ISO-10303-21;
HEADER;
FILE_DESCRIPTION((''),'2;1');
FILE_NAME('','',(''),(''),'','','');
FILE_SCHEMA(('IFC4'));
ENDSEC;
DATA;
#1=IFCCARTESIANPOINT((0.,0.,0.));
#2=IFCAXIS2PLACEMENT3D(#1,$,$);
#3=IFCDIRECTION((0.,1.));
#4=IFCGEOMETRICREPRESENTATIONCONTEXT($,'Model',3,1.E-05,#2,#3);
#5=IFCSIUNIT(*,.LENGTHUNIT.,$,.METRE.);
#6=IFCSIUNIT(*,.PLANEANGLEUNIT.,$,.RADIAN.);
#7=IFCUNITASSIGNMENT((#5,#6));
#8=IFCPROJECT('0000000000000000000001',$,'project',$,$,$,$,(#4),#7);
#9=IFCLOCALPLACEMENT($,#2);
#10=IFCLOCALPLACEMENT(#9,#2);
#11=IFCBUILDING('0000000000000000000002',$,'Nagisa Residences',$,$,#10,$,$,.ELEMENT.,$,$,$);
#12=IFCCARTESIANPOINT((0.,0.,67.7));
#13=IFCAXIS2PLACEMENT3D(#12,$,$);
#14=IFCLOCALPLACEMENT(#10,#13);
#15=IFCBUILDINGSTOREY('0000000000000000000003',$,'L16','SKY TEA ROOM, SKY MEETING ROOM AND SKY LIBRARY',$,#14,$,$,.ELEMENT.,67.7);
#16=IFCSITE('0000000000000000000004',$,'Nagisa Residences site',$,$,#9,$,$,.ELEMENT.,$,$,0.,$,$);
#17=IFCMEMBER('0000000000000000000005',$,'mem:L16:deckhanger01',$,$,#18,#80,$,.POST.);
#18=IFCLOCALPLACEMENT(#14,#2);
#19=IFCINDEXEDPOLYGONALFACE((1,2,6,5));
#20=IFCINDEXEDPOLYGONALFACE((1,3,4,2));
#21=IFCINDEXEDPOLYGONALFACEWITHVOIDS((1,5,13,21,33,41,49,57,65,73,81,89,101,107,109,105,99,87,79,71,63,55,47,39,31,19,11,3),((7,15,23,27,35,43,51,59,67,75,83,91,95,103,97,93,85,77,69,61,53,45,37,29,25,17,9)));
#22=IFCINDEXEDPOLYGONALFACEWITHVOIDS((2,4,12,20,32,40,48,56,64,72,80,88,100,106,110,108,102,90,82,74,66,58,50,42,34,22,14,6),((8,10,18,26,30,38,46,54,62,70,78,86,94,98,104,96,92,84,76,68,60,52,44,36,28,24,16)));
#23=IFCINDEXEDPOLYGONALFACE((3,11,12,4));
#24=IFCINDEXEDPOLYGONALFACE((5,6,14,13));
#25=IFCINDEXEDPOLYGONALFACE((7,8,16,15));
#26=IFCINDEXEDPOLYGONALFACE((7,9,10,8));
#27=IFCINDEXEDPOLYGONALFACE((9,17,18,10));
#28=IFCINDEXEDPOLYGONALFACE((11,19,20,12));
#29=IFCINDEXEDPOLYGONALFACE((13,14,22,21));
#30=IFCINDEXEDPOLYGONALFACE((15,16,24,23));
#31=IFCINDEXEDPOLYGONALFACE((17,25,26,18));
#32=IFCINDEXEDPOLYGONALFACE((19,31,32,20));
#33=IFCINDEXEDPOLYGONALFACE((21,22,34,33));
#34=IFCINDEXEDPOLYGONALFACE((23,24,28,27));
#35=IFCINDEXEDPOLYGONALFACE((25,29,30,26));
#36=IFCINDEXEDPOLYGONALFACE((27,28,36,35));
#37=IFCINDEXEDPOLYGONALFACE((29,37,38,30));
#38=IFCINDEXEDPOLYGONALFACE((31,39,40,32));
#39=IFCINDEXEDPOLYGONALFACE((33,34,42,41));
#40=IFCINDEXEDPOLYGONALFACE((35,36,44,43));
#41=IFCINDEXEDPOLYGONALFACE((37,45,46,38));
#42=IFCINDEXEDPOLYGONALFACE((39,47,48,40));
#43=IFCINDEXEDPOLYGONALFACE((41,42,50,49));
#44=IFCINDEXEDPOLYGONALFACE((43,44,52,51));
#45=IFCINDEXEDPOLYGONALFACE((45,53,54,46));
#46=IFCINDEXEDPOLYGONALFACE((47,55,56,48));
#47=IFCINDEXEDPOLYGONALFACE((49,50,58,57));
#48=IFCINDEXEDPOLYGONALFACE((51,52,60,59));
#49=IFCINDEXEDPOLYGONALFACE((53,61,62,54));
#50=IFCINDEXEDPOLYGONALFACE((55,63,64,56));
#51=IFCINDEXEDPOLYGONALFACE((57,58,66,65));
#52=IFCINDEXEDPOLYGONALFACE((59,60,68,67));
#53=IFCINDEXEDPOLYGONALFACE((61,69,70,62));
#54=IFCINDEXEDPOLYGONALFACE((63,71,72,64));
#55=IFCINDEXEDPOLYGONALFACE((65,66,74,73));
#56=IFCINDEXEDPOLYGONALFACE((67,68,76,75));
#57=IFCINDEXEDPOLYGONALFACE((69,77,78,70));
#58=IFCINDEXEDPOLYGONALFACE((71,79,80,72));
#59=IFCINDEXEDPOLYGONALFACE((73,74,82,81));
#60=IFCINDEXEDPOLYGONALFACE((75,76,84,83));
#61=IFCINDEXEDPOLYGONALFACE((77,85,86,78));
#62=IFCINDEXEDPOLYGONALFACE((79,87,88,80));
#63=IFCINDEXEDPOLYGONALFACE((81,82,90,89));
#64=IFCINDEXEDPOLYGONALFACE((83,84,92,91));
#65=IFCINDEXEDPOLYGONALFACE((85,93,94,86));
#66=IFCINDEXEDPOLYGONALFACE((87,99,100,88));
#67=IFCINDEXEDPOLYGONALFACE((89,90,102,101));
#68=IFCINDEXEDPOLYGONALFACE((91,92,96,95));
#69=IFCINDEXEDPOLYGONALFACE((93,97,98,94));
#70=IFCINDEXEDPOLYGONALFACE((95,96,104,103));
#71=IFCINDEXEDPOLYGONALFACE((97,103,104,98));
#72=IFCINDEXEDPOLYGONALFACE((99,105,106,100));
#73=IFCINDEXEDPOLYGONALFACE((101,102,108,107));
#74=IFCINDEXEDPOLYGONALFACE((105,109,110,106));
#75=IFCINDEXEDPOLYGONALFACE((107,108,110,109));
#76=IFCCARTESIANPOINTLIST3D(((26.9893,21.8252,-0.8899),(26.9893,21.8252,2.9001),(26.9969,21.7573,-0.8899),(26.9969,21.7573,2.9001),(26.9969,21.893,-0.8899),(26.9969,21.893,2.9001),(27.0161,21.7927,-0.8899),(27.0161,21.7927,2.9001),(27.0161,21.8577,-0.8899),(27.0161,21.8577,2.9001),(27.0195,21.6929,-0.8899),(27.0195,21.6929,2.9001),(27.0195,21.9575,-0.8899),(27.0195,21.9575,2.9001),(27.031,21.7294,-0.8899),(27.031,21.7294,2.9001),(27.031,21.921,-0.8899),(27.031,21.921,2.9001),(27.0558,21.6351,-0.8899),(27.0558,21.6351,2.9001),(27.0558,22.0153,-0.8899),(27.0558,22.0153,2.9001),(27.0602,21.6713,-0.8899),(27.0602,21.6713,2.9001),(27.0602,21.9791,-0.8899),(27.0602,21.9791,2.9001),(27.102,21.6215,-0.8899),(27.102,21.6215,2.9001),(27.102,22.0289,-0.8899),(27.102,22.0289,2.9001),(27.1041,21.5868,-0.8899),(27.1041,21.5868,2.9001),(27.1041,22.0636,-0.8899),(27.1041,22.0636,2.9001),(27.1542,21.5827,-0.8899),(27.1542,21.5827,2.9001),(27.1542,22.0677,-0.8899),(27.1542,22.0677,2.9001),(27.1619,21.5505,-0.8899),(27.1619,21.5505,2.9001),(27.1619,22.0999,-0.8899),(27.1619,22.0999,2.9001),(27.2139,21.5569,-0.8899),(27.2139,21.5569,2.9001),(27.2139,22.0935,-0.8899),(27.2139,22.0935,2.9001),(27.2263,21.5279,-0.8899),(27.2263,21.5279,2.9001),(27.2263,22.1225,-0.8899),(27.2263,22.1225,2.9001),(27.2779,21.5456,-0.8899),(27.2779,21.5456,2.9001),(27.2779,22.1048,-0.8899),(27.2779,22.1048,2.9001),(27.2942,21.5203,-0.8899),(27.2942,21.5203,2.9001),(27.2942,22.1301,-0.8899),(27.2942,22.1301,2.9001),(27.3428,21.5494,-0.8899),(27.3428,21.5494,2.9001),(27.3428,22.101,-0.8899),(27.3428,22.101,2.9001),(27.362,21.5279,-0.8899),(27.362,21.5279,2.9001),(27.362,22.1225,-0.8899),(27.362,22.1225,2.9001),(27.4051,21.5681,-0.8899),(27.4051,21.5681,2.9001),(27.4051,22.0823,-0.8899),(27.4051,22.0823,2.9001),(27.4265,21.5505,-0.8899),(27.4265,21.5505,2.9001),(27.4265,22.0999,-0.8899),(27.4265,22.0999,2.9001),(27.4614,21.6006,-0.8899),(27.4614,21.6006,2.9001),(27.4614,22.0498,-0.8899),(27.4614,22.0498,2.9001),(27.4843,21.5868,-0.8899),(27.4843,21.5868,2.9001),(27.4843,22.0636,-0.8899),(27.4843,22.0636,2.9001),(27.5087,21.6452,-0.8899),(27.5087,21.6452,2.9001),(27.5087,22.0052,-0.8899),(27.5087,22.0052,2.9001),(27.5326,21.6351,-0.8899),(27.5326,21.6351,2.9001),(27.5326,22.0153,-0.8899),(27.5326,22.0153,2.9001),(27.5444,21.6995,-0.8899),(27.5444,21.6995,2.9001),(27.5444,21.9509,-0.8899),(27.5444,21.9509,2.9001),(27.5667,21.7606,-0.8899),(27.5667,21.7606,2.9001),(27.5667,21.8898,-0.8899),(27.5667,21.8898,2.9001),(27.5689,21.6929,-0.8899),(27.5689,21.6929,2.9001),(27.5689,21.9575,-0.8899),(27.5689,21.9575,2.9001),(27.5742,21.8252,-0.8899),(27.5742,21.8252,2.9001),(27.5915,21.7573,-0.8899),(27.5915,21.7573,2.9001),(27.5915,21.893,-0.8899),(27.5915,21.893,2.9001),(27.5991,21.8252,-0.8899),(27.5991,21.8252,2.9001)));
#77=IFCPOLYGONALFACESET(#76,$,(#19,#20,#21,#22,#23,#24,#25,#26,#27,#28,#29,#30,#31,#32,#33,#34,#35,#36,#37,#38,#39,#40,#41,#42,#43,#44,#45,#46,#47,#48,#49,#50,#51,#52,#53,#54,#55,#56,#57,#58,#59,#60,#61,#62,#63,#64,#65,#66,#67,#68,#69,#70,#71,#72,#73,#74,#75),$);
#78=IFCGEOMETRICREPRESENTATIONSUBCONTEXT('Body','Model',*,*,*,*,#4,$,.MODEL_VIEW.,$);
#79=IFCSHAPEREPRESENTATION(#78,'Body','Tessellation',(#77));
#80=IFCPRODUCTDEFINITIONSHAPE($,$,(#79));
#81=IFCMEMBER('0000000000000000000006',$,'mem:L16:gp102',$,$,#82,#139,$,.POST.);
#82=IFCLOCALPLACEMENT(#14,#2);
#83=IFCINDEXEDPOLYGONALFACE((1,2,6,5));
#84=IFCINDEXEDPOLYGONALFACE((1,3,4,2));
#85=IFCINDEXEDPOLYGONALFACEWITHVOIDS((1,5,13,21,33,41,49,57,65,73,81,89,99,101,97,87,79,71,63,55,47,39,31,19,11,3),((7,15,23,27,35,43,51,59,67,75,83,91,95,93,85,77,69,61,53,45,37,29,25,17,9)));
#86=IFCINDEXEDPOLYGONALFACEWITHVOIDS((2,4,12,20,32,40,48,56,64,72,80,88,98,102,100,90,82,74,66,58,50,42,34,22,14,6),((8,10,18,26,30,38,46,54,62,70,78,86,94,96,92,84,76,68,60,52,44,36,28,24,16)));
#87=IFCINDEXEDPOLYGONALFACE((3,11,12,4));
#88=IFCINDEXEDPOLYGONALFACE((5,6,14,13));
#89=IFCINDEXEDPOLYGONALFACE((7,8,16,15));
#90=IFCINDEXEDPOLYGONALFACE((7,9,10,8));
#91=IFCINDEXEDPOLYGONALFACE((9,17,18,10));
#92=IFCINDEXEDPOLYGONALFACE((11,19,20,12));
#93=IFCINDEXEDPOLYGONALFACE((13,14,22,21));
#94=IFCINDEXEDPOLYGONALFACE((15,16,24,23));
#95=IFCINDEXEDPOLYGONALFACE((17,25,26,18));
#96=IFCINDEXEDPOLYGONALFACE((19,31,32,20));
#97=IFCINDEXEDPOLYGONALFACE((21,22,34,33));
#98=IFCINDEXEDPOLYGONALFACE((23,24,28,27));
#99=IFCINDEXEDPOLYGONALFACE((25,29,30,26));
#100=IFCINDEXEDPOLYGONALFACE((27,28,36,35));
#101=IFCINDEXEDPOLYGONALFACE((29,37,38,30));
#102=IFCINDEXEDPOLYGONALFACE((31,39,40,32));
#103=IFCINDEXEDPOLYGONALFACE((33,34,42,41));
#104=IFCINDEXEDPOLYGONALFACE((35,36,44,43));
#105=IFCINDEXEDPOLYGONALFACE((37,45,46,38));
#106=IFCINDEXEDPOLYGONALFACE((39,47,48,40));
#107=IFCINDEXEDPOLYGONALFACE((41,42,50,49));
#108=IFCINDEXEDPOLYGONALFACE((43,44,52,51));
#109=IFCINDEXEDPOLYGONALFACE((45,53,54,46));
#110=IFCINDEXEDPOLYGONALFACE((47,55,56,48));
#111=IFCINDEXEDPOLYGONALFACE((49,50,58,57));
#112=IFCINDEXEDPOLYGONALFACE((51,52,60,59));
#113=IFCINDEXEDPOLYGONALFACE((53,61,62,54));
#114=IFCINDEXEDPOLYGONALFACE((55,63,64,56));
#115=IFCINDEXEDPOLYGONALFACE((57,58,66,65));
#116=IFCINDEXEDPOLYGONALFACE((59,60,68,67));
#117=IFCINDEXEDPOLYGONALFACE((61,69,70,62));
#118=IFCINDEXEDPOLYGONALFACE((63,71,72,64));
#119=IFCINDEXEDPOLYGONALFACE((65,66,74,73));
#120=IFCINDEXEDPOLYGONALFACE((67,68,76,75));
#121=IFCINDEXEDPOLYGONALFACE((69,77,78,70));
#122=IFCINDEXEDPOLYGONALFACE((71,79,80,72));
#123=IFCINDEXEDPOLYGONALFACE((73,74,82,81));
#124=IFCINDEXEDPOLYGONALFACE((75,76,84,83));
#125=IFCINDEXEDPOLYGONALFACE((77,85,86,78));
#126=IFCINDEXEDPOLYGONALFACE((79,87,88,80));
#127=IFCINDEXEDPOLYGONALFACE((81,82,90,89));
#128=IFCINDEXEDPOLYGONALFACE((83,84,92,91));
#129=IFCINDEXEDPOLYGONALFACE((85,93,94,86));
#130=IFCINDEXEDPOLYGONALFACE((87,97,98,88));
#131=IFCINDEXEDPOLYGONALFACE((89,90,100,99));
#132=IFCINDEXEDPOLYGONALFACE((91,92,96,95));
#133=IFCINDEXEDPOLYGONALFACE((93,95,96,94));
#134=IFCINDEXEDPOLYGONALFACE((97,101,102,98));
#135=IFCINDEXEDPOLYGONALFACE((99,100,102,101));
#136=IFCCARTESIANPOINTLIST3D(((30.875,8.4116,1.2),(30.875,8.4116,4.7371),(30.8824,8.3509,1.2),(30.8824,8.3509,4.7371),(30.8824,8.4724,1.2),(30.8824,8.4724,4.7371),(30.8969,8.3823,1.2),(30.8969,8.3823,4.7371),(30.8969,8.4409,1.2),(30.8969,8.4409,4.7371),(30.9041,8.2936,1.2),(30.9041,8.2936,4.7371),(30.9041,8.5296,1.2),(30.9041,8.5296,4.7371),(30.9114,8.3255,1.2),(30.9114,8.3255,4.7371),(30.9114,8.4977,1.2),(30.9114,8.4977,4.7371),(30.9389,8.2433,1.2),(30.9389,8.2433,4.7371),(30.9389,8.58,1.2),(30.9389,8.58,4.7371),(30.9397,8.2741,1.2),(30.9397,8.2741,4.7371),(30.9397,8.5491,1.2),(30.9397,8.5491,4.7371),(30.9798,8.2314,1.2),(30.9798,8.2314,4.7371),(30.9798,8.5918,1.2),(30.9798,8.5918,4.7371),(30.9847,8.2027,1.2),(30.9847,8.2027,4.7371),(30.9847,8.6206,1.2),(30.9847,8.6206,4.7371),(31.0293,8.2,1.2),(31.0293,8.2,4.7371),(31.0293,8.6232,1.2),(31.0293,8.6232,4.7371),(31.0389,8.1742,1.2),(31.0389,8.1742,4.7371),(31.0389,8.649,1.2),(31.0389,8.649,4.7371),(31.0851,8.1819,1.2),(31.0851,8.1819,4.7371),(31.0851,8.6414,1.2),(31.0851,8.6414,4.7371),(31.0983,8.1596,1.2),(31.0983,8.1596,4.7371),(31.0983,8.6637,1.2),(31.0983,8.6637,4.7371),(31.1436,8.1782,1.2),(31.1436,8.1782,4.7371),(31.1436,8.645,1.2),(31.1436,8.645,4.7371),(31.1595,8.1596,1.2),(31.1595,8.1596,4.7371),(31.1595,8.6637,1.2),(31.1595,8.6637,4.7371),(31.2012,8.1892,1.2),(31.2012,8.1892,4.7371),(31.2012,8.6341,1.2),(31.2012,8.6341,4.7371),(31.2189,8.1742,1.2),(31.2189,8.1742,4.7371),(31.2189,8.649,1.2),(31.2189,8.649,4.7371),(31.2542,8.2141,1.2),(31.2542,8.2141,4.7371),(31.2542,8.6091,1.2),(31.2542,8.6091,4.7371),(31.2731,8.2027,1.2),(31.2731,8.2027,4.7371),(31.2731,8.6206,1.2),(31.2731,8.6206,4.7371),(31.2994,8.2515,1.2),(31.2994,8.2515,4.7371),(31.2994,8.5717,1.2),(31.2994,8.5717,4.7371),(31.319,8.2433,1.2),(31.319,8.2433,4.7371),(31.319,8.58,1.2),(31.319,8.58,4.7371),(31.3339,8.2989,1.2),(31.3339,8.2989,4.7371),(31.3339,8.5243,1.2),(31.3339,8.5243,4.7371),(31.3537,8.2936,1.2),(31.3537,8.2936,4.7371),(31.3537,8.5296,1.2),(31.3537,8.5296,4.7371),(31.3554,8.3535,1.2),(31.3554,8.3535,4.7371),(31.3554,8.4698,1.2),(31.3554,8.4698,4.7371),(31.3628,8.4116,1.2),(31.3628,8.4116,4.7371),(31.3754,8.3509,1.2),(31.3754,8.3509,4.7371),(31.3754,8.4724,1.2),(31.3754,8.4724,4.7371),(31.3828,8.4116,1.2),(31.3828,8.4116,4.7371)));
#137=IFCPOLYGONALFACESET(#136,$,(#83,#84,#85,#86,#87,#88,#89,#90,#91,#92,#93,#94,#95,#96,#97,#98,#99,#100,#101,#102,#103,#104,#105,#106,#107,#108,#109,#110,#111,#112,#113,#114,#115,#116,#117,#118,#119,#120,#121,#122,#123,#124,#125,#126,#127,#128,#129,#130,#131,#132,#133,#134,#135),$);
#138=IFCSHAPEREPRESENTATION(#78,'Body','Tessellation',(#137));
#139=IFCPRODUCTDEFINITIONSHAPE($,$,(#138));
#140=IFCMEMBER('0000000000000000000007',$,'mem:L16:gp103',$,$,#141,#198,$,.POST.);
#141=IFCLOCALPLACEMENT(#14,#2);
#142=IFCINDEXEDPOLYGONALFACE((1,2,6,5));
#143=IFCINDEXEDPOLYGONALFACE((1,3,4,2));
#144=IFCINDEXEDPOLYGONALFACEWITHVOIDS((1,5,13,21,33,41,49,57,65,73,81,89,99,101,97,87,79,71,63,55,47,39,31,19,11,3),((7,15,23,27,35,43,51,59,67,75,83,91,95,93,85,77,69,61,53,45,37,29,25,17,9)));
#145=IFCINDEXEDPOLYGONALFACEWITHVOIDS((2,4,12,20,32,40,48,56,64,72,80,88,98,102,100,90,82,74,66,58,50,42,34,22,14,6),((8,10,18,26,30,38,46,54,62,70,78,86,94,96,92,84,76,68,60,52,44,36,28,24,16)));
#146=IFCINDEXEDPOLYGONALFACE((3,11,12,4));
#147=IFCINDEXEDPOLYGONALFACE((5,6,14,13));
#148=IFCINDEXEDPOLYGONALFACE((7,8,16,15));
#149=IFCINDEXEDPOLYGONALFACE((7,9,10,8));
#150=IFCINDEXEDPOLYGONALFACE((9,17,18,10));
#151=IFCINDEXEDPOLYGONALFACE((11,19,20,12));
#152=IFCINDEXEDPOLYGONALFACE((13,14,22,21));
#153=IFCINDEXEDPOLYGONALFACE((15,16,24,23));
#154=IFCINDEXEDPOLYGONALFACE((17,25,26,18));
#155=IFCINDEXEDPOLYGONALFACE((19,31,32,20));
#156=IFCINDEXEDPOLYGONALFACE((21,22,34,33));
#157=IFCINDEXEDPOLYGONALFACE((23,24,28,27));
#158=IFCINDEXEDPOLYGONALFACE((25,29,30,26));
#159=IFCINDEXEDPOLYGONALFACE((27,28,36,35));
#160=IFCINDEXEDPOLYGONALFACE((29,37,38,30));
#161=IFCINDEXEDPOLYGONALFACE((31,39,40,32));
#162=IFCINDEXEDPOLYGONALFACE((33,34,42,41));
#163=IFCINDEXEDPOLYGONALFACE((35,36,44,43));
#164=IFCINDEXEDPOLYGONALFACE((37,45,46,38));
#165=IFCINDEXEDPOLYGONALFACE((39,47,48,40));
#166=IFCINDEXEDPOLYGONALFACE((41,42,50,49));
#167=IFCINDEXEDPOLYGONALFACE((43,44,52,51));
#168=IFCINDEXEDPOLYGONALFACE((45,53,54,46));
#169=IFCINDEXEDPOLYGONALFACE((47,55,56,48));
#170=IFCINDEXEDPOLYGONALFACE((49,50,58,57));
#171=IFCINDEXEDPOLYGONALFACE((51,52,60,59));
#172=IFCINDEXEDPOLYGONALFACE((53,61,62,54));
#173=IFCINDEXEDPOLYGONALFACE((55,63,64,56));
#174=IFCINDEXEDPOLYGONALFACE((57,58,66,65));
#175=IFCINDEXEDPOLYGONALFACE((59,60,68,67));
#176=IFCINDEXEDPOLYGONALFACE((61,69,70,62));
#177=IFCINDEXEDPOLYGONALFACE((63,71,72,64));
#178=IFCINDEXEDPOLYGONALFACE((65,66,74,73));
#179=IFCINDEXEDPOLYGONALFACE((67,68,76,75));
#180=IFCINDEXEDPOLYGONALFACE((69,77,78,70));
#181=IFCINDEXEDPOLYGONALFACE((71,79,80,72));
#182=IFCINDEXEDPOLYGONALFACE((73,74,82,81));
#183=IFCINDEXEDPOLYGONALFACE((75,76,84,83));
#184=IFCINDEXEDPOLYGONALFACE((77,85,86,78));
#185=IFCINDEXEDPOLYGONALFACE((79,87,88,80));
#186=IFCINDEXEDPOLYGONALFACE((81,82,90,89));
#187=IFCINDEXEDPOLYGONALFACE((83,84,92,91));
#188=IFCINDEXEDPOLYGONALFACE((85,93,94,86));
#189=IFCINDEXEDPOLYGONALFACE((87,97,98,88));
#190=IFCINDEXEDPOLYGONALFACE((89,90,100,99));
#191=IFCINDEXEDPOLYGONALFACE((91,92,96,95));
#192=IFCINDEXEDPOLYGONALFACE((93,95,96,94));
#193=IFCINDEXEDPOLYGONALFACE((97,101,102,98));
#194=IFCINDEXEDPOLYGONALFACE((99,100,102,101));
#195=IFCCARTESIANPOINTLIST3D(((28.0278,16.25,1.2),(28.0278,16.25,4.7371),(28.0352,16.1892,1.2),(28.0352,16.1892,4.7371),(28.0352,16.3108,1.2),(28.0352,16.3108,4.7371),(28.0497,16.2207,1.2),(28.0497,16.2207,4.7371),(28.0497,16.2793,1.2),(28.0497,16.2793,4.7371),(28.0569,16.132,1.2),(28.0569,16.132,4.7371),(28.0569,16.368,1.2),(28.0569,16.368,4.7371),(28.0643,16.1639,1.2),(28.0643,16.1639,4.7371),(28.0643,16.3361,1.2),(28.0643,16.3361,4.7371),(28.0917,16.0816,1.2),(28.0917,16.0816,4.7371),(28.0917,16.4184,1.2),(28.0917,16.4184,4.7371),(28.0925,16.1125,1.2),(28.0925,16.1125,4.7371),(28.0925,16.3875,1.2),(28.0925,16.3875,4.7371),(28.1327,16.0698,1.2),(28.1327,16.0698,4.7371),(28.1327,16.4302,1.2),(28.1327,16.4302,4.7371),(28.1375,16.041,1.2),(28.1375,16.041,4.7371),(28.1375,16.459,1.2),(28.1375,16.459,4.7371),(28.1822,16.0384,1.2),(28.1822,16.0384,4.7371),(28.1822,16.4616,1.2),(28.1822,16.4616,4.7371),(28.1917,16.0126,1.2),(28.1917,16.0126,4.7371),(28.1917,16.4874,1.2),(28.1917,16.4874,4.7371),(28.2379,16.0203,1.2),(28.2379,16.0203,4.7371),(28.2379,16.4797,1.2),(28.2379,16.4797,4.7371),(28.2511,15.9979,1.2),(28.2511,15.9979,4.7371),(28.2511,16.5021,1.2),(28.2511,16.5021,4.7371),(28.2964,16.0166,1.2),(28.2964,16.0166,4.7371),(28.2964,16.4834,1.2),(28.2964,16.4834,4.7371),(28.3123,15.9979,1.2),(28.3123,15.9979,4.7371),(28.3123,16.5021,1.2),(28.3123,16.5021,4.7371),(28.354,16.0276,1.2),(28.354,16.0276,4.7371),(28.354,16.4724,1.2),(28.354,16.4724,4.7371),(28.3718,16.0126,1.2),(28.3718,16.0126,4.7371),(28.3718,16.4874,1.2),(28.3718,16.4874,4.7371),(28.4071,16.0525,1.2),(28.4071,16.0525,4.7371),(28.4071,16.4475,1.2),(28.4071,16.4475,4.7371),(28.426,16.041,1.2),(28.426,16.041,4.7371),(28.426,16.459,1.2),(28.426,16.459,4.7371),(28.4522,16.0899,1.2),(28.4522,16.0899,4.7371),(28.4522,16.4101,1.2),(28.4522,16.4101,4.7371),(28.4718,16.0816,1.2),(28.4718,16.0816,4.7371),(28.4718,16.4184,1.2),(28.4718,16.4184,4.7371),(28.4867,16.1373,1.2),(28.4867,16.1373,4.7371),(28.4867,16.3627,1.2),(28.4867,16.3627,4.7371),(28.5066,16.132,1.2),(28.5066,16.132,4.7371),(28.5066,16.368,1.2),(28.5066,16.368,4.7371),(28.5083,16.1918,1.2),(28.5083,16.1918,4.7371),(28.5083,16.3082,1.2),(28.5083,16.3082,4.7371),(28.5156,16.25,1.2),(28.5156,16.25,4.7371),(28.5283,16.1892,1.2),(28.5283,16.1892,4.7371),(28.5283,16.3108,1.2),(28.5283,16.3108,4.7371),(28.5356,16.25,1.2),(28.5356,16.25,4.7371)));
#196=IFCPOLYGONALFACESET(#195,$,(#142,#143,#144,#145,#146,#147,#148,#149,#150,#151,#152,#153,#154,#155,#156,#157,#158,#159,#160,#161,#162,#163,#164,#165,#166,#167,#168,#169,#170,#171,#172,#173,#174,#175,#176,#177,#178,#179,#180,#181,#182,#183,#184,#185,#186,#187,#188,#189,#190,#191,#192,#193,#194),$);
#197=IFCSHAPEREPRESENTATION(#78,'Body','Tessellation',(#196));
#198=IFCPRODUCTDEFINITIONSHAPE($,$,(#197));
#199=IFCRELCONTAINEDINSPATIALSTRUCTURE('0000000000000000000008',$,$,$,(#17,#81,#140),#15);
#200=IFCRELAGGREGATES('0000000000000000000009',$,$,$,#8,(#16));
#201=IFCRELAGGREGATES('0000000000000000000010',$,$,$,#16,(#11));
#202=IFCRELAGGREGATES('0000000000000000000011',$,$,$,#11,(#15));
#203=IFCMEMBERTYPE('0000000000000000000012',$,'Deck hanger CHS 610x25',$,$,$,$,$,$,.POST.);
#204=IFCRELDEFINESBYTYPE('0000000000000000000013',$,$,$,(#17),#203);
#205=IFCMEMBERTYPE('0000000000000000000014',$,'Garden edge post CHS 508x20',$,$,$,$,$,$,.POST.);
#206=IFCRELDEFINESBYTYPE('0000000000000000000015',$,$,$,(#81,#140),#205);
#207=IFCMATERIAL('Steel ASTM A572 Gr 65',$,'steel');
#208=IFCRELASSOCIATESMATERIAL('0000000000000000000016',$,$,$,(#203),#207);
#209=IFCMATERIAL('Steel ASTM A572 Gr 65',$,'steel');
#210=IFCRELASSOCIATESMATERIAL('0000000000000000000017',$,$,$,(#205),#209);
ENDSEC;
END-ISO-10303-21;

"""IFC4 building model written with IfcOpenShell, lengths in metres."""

from ifc_helpers import new_model, si_unit, direction, frame, origin, origin_2d, place, context, subcontext, project, spatial, hollow_circle, extrude, material, material_profile, profile_set, type_object, element, save


model = new_model("IFC4")

# Units and contexts
model_context = context("Model", 3, precision=1e-05, world=origin(), true_north=direction((0.0, 1.0)))
body_context = subcontext(model_context, "Body", "Model", "MODEL_VIEW")
ifc_project = project(units=[si_unit("LENGTHUNIT", "METRE"), si_unit("PLANEANGLEUNIT", "RADIAN")], contexts=[model_context])

# Site, building, storey
site_placement = place(None, origin())
site = spatial("IfcSite", under=ifc_project, at=site_placement, Name="Nagisa Residences site", CompositionType="ELEMENT", RefElevation=0.0)
building_placement = place(site_placement, origin())
building = spatial("IfcBuilding", under=site, at=building_placement, Name="Nagisa Residences", CompositionType="ELEMENT")
storey_placement = place(building_placement, frame((0.0, 0.0, 67.7)))
storey = spatial("IfcBuildingStorey", under=building, at=storey_placement, Name="L16", Description="SKY TEA ROOM, SKY MEETING ROOM AND SKY LIBRARY", CompositionType="ELEMENT", Elevation=67.7)

# Members
ifc_material_1 = material(Name="Steel ASTM A572 Gr 65", Category="steel")
ifc_material_profile_1 = material_profile(ifc_material_1, hollow_circle(Radius=0.3049, WallThickness=0.0249, at=origin_2d()), Name="CHS 610x25")
ifc_profile_set_1 = profile_set([ifc_material_profile_1], Name="Steel ASTM A572 Gr 65")
member_type_1 = type_object("IfcMemberType", Name="Deck hanger CHS 610x25", PredefinedType="POST", material=ifc_profile_set_1)
member_1_placement = place(storey_placement, frame((27.2942, 21.8252, 2.9001), z_axis=(0.0, 0.0, -1.0), x_axis=(1.0, 0.0, 0.0)))
element("IfcMember", 1, at=member_1_placement, inside=storey, type_object=member_type_1, Name="mem:L16:deckhanger01", PredefinedType="POST", context=body_context, shape_type="SweptSolid", body=[
    extrude(hollow_circle(Radius=0.3049, WallThickness=0.0249, at=origin_2d()), origin(), (0.0, 0.0, 1.0), 3.79),
])
ifc_material_2 = material(Name="Steel ASTM A572 Gr 65", Category="steel")
ifc_material_profile_2 = material_profile(ifc_material_2, hollow_circle(Radius=0.2539, WallThickness=0.02, at=origin_2d()), Name="CHS 508x20")
ifc_profile_set_2 = profile_set([ifc_material_profile_2], Name="Steel ASTM A572 Gr 65")
member_type_2 = type_object("IfcMemberType", Name="Garden edge post CHS 508x20", PredefinedType="POST", material=ifc_profile_set_2)
for number, where, z_axis, x_axis, name in (
    (2, (31.1289, 8.4116, 1.2), (0.0, 0.0, 1.0), (1.0, 0.0, 0.0), "mem:L16:gp102"),
    (3, (28.2817, 16.25, 1.2), (0.0, 0.0, 1.0), (1.0, 0.0, 0.0), "mem:L16:gp103"),
):
    element("IfcMember", number, at=place(storey_placement, frame(where, z_axis=z_axis, x_axis=x_axis)), inside=storey, type_object=member_type_2, Name=name, PredefinedType="POST", context=body_context, shape_type="SweptSolid", body=[
        extrude(hollow_circle(Radius=0.2539, WallThickness=0.02, at=origin_2d()), origin(), (0.0, 0.0, 1.0), 3.5371),
    ])

save(model, "model.ifc")
